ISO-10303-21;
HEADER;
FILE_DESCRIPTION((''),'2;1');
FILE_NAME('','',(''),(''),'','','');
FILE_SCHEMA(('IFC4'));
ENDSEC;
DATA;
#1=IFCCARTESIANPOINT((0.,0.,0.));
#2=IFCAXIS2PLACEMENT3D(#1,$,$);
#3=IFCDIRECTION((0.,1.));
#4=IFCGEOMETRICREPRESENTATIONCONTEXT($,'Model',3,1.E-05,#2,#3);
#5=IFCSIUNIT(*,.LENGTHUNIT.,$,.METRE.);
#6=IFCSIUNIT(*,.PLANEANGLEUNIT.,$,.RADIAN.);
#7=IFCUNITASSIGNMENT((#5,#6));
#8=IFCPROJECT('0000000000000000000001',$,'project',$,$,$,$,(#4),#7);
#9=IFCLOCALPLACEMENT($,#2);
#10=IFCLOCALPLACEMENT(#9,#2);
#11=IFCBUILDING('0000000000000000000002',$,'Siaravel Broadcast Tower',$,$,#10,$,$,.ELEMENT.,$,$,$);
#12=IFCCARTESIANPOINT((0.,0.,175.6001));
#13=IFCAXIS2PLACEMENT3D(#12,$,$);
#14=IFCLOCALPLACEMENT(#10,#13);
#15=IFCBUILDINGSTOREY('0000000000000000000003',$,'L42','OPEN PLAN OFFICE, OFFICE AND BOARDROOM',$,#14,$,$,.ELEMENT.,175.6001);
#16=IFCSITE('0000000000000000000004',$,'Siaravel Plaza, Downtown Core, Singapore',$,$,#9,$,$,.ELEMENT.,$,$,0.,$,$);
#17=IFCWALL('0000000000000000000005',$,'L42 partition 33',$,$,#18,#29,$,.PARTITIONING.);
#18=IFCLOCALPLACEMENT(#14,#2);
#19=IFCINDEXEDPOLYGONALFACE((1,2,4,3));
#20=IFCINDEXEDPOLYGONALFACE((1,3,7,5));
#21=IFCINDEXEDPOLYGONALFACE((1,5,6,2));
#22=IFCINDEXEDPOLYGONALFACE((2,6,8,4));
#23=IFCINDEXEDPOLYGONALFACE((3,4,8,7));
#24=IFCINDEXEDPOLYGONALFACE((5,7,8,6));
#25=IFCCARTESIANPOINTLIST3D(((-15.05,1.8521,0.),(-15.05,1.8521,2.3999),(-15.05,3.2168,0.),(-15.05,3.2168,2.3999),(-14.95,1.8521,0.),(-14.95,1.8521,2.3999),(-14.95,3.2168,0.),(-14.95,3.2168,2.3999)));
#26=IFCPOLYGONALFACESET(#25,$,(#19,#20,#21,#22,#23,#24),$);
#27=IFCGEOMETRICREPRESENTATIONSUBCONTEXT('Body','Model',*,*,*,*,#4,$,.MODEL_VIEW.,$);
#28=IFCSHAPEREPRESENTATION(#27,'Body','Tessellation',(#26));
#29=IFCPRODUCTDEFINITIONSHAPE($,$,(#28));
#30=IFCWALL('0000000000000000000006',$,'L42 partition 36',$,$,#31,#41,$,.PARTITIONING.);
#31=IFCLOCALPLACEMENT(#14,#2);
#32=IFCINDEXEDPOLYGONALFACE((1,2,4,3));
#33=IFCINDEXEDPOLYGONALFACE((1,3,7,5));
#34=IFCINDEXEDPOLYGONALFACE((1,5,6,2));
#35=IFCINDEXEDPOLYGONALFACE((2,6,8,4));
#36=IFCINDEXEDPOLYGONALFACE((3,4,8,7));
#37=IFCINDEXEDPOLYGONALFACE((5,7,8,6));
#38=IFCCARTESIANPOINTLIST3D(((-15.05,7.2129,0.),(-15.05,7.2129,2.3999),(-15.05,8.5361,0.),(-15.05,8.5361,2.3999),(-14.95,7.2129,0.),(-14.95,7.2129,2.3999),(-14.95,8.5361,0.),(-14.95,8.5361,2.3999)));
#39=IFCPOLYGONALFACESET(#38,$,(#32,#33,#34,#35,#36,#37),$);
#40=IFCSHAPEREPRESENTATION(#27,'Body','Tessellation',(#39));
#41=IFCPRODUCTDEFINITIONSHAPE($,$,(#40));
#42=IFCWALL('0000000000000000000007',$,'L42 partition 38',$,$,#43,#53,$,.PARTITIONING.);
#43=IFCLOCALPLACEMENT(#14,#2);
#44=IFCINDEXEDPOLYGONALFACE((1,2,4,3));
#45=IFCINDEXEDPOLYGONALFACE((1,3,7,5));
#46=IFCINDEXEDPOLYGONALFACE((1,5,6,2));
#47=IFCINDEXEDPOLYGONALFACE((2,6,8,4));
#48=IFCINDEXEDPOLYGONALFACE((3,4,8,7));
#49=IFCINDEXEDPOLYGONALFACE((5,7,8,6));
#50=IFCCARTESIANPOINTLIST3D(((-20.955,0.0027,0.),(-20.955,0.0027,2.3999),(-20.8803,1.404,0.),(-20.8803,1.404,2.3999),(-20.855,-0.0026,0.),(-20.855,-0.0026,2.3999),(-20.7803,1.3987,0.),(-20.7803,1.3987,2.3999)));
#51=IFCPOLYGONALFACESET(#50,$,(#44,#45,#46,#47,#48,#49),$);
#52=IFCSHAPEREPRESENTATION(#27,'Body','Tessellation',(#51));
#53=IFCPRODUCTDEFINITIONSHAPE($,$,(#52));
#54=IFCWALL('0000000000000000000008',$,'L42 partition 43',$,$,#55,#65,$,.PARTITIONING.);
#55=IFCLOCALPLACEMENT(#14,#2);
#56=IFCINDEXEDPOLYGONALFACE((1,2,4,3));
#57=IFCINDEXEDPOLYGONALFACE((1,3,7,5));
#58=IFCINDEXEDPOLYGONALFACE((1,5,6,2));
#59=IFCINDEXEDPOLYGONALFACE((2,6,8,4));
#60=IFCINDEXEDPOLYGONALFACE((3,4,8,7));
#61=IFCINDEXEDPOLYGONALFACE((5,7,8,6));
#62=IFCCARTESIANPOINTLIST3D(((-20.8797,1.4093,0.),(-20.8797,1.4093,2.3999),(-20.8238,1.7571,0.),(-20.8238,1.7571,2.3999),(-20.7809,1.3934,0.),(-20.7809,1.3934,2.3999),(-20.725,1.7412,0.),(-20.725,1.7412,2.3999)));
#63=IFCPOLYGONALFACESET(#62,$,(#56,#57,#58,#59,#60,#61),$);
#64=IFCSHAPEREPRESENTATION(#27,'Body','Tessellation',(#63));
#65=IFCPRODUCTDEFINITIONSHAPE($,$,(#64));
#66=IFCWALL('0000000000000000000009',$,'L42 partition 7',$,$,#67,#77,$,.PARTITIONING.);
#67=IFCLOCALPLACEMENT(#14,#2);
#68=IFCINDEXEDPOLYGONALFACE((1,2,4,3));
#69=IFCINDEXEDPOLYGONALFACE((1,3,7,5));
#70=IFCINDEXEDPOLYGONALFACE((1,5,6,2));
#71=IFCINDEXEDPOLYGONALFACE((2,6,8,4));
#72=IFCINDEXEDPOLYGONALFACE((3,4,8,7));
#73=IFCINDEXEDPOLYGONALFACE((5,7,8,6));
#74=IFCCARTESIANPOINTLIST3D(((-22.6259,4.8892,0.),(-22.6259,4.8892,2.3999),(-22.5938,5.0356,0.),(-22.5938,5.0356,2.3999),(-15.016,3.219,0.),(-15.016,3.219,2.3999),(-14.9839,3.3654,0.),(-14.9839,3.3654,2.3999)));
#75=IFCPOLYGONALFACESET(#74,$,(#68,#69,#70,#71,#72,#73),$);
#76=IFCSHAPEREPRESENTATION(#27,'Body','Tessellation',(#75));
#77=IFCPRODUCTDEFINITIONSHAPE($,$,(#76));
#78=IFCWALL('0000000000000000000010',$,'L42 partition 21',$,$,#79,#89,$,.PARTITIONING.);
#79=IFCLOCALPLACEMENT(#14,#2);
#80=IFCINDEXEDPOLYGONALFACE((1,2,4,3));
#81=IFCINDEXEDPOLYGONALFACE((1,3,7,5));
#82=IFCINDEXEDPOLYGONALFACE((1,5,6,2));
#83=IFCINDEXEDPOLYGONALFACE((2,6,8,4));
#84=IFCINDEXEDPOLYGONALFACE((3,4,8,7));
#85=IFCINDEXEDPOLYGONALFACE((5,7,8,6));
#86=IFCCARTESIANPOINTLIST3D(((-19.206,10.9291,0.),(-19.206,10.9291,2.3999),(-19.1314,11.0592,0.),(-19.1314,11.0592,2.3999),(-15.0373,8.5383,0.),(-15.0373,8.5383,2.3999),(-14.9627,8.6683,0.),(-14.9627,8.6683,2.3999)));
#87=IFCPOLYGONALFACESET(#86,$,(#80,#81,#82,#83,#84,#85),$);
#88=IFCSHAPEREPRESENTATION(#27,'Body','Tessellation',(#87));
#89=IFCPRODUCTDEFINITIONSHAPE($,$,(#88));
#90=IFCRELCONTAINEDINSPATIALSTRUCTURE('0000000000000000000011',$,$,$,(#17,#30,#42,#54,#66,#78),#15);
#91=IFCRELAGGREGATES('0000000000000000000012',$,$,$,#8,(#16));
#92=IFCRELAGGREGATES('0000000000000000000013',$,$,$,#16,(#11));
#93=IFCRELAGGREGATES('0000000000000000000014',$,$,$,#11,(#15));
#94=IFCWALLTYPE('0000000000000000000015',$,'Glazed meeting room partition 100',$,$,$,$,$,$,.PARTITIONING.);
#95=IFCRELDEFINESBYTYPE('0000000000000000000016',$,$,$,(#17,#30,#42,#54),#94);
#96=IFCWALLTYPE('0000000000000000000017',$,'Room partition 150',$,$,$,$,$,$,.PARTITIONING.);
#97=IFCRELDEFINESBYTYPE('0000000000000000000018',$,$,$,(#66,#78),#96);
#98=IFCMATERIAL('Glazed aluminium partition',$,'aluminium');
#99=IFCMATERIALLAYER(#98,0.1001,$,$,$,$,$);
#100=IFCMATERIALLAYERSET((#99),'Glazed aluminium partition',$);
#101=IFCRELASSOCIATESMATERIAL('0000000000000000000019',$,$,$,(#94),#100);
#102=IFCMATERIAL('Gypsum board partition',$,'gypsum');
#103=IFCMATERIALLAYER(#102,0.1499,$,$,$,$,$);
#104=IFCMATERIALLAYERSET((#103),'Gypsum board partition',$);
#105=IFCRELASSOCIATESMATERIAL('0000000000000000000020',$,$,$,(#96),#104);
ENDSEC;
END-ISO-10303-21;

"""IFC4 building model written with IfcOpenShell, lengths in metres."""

from ifc_helpers import new_model, si_unit, direction, frame, frame_2d, origin, place, context, subcontext, project, spatial, rectangle, extrude, material, layer, layer_set, type_object, element, save


model = new_model("IFC4")

# Units and contexts
model_context = context("Model", 3, precision=1e-05, world=origin(), true_north=direction((0.0, 1.0)))
body_context = subcontext(model_context, "Body", "Model", "MODEL_VIEW")
ifc_project = project(units=[si_unit("LENGTHUNIT", "METRE"), si_unit("PLANEANGLEUNIT", "RADIAN")], contexts=[model_context])

# Site, building, storey
site_placement = place(None, origin())
site = spatial("IfcSite", under=ifc_project, at=site_placement, Name="Siaravel Plaza, Downtown Core, Singapore", CompositionType="ELEMENT", RefElevation=0.0)
building_placement = place(site_placement, origin())
building = spatial("IfcBuilding", under=site, at=building_placement, Name="Siaravel Broadcast Tower", CompositionType="ELEMENT")
storey_placement = place(building_placement, frame((0.0, 0.0, 175.6001)))
storey = spatial("IfcBuildingStorey", under=building, at=storey_placement, Name="L42", Description="OPEN PLAN OFFICE, OFFICE AND BOARDROOM", CompositionType="ELEMENT", Elevation=175.6001)

# Shared definitions
ifc_material_1 = material(Name="Gypsum board partition", Category="gypsum")

# Shared definitions
ifc_material_2 = material(Name="Glazed aluminium partition", Category="aluminium")
ifc_layer_1 = layer(ifc_material_2, 0.1001)
ifc_layer_set_1 = layer_set([ifc_layer_1], Name="Glazed aluminium partition")
wall_type_1 = type_object("IfcWallType", Name="Glazed meeting room partition 100", PredefinedType="PARTITIONING", material=ifc_layer_set_1)

# Walls
wall_1_placement = place(storey_placement, frame((-15.0, 3.2168, 0.0), z_axis=(0.0, 0.0, 1.0), x_axis=(0.0, -1.0, 0.0)))
element("IfcWall", 1, at=wall_1_placement, inside=storey, type_object=wall_type_1, Name="L42 partition 33", PredefinedType="PARTITIONING", context=body_context, shape_type="SweptSolid", body=[
    extrude(rectangle(XDim=1.3647, YDim=0.1001, at=frame_2d((0.6824, 0.0))), origin(), (0.0, 0.0, 1.0), 2.3999),
])
wall_2_placement = place(storey_placement, frame((-15.0, 8.5361, 0.0), z_axis=(0.0, 0.0, 1.0), x_axis=(0.0, -1.0, 0.0)))
element("IfcWall", 2, at=wall_2_placement, inside=storey, type_object=wall_type_1, Name="L42 partition 36", PredefinedType="PARTITIONING", context=body_context, shape_type="SweptSolid", body=[
    extrude(rectangle(XDim=1.3232, YDim=0.1001, at=frame_2d((0.6616, 0.0))), origin(), (0.0, 0.0, 1.0), 2.3999),
])
wall_3_placement = place(storey_placement, frame((-20.8303, 1.4014, 0.0), z_axis=(0.0, 0.0, 1.0), x_axis=(-0.053235, -0.998582, 0.0)))
element("IfcWall", 3, at=wall_3_placement, inside=storey, type_object=wall_type_1, Name="L42 partition 38", PredefinedType="PARTITIONING", context=body_context, shape_type="SweptSolid", body=[
    extrude(rectangle(XDim=1.4033, YDim=0.1001, at=frame_2d((0.7017, 0.0))), origin(), (0.0, 0.0, 1.0), 2.3999),
])
wall_4_placement = place(storey_placement, frame((-20.7744, 1.7493, 0.0), z_axis=(0.0, 0.0, 1.0), x_axis=(-0.158666, -0.987332, 0.0)))
element("IfcWall", 4, at=wall_4_placement, inside=storey, type_object=wall_type_1, Name="L42 partition 43", PredefinedType="PARTITIONING", context=body_context, shape_type="SweptSolid", body=[
    extrude(rectangle(XDim=0.3523, YDim=0.1001, at=frame_2d((0.1763, 0.0))), origin(), (0.0, 0.0, 1.0), 2.3999),
])
ifc_layer_2 = layer(ifc_material_1, 0.1499)
ifc_layer_set_2 = layer_set([ifc_layer_2], Name="Gypsum board partition")
wall_type_2 = type_object("IfcWallType", Name="Room partition 150", PredefinedType="PARTITIONING", material=ifc_layer_set_2)
wall_5_placement = place(storey_placement, frame((-22.6099, 4.9624, 0.0), z_axis=(0.0, 0.0, 1.0), x_axis=(0.976752, -0.214372, 0.0)))
element("IfcWall", 5, at=wall_5_placement, inside=storey, type_object=wall_type_2, Name="L42 partition 7", PredefinedType="PARTITIONING", context=body_context, shape_type="SweptSolid", body=[
    extrude(rectangle(XDim=7.791, YDim=0.1499, at=frame_2d((3.8955, 0.0))), origin(), (0.0, 0.0, 1.0), 2.3999),
])
wall_6_placement = place(storey_placement, frame((-19.1687, 10.9941, 0.0), z_axis=(0.0, 0.0, 1.0), x_axis=(0.867457, -0.497512, 0.0)))
element("IfcWall", 6, at=wall_6_placement, inside=storey, type_object=wall_type_2, Name="L42 partition 21", PredefinedType="PARTITIONING", context=body_context, shape_type="SweptSolid", body=[
    extrude(rectangle(XDim=4.8057, YDim=0.1499, at=frame_2d((2.4028, 0.0))), origin(), (0.0, 0.0, 1.0), 2.3999),
])

save(model, "model.ifc")
